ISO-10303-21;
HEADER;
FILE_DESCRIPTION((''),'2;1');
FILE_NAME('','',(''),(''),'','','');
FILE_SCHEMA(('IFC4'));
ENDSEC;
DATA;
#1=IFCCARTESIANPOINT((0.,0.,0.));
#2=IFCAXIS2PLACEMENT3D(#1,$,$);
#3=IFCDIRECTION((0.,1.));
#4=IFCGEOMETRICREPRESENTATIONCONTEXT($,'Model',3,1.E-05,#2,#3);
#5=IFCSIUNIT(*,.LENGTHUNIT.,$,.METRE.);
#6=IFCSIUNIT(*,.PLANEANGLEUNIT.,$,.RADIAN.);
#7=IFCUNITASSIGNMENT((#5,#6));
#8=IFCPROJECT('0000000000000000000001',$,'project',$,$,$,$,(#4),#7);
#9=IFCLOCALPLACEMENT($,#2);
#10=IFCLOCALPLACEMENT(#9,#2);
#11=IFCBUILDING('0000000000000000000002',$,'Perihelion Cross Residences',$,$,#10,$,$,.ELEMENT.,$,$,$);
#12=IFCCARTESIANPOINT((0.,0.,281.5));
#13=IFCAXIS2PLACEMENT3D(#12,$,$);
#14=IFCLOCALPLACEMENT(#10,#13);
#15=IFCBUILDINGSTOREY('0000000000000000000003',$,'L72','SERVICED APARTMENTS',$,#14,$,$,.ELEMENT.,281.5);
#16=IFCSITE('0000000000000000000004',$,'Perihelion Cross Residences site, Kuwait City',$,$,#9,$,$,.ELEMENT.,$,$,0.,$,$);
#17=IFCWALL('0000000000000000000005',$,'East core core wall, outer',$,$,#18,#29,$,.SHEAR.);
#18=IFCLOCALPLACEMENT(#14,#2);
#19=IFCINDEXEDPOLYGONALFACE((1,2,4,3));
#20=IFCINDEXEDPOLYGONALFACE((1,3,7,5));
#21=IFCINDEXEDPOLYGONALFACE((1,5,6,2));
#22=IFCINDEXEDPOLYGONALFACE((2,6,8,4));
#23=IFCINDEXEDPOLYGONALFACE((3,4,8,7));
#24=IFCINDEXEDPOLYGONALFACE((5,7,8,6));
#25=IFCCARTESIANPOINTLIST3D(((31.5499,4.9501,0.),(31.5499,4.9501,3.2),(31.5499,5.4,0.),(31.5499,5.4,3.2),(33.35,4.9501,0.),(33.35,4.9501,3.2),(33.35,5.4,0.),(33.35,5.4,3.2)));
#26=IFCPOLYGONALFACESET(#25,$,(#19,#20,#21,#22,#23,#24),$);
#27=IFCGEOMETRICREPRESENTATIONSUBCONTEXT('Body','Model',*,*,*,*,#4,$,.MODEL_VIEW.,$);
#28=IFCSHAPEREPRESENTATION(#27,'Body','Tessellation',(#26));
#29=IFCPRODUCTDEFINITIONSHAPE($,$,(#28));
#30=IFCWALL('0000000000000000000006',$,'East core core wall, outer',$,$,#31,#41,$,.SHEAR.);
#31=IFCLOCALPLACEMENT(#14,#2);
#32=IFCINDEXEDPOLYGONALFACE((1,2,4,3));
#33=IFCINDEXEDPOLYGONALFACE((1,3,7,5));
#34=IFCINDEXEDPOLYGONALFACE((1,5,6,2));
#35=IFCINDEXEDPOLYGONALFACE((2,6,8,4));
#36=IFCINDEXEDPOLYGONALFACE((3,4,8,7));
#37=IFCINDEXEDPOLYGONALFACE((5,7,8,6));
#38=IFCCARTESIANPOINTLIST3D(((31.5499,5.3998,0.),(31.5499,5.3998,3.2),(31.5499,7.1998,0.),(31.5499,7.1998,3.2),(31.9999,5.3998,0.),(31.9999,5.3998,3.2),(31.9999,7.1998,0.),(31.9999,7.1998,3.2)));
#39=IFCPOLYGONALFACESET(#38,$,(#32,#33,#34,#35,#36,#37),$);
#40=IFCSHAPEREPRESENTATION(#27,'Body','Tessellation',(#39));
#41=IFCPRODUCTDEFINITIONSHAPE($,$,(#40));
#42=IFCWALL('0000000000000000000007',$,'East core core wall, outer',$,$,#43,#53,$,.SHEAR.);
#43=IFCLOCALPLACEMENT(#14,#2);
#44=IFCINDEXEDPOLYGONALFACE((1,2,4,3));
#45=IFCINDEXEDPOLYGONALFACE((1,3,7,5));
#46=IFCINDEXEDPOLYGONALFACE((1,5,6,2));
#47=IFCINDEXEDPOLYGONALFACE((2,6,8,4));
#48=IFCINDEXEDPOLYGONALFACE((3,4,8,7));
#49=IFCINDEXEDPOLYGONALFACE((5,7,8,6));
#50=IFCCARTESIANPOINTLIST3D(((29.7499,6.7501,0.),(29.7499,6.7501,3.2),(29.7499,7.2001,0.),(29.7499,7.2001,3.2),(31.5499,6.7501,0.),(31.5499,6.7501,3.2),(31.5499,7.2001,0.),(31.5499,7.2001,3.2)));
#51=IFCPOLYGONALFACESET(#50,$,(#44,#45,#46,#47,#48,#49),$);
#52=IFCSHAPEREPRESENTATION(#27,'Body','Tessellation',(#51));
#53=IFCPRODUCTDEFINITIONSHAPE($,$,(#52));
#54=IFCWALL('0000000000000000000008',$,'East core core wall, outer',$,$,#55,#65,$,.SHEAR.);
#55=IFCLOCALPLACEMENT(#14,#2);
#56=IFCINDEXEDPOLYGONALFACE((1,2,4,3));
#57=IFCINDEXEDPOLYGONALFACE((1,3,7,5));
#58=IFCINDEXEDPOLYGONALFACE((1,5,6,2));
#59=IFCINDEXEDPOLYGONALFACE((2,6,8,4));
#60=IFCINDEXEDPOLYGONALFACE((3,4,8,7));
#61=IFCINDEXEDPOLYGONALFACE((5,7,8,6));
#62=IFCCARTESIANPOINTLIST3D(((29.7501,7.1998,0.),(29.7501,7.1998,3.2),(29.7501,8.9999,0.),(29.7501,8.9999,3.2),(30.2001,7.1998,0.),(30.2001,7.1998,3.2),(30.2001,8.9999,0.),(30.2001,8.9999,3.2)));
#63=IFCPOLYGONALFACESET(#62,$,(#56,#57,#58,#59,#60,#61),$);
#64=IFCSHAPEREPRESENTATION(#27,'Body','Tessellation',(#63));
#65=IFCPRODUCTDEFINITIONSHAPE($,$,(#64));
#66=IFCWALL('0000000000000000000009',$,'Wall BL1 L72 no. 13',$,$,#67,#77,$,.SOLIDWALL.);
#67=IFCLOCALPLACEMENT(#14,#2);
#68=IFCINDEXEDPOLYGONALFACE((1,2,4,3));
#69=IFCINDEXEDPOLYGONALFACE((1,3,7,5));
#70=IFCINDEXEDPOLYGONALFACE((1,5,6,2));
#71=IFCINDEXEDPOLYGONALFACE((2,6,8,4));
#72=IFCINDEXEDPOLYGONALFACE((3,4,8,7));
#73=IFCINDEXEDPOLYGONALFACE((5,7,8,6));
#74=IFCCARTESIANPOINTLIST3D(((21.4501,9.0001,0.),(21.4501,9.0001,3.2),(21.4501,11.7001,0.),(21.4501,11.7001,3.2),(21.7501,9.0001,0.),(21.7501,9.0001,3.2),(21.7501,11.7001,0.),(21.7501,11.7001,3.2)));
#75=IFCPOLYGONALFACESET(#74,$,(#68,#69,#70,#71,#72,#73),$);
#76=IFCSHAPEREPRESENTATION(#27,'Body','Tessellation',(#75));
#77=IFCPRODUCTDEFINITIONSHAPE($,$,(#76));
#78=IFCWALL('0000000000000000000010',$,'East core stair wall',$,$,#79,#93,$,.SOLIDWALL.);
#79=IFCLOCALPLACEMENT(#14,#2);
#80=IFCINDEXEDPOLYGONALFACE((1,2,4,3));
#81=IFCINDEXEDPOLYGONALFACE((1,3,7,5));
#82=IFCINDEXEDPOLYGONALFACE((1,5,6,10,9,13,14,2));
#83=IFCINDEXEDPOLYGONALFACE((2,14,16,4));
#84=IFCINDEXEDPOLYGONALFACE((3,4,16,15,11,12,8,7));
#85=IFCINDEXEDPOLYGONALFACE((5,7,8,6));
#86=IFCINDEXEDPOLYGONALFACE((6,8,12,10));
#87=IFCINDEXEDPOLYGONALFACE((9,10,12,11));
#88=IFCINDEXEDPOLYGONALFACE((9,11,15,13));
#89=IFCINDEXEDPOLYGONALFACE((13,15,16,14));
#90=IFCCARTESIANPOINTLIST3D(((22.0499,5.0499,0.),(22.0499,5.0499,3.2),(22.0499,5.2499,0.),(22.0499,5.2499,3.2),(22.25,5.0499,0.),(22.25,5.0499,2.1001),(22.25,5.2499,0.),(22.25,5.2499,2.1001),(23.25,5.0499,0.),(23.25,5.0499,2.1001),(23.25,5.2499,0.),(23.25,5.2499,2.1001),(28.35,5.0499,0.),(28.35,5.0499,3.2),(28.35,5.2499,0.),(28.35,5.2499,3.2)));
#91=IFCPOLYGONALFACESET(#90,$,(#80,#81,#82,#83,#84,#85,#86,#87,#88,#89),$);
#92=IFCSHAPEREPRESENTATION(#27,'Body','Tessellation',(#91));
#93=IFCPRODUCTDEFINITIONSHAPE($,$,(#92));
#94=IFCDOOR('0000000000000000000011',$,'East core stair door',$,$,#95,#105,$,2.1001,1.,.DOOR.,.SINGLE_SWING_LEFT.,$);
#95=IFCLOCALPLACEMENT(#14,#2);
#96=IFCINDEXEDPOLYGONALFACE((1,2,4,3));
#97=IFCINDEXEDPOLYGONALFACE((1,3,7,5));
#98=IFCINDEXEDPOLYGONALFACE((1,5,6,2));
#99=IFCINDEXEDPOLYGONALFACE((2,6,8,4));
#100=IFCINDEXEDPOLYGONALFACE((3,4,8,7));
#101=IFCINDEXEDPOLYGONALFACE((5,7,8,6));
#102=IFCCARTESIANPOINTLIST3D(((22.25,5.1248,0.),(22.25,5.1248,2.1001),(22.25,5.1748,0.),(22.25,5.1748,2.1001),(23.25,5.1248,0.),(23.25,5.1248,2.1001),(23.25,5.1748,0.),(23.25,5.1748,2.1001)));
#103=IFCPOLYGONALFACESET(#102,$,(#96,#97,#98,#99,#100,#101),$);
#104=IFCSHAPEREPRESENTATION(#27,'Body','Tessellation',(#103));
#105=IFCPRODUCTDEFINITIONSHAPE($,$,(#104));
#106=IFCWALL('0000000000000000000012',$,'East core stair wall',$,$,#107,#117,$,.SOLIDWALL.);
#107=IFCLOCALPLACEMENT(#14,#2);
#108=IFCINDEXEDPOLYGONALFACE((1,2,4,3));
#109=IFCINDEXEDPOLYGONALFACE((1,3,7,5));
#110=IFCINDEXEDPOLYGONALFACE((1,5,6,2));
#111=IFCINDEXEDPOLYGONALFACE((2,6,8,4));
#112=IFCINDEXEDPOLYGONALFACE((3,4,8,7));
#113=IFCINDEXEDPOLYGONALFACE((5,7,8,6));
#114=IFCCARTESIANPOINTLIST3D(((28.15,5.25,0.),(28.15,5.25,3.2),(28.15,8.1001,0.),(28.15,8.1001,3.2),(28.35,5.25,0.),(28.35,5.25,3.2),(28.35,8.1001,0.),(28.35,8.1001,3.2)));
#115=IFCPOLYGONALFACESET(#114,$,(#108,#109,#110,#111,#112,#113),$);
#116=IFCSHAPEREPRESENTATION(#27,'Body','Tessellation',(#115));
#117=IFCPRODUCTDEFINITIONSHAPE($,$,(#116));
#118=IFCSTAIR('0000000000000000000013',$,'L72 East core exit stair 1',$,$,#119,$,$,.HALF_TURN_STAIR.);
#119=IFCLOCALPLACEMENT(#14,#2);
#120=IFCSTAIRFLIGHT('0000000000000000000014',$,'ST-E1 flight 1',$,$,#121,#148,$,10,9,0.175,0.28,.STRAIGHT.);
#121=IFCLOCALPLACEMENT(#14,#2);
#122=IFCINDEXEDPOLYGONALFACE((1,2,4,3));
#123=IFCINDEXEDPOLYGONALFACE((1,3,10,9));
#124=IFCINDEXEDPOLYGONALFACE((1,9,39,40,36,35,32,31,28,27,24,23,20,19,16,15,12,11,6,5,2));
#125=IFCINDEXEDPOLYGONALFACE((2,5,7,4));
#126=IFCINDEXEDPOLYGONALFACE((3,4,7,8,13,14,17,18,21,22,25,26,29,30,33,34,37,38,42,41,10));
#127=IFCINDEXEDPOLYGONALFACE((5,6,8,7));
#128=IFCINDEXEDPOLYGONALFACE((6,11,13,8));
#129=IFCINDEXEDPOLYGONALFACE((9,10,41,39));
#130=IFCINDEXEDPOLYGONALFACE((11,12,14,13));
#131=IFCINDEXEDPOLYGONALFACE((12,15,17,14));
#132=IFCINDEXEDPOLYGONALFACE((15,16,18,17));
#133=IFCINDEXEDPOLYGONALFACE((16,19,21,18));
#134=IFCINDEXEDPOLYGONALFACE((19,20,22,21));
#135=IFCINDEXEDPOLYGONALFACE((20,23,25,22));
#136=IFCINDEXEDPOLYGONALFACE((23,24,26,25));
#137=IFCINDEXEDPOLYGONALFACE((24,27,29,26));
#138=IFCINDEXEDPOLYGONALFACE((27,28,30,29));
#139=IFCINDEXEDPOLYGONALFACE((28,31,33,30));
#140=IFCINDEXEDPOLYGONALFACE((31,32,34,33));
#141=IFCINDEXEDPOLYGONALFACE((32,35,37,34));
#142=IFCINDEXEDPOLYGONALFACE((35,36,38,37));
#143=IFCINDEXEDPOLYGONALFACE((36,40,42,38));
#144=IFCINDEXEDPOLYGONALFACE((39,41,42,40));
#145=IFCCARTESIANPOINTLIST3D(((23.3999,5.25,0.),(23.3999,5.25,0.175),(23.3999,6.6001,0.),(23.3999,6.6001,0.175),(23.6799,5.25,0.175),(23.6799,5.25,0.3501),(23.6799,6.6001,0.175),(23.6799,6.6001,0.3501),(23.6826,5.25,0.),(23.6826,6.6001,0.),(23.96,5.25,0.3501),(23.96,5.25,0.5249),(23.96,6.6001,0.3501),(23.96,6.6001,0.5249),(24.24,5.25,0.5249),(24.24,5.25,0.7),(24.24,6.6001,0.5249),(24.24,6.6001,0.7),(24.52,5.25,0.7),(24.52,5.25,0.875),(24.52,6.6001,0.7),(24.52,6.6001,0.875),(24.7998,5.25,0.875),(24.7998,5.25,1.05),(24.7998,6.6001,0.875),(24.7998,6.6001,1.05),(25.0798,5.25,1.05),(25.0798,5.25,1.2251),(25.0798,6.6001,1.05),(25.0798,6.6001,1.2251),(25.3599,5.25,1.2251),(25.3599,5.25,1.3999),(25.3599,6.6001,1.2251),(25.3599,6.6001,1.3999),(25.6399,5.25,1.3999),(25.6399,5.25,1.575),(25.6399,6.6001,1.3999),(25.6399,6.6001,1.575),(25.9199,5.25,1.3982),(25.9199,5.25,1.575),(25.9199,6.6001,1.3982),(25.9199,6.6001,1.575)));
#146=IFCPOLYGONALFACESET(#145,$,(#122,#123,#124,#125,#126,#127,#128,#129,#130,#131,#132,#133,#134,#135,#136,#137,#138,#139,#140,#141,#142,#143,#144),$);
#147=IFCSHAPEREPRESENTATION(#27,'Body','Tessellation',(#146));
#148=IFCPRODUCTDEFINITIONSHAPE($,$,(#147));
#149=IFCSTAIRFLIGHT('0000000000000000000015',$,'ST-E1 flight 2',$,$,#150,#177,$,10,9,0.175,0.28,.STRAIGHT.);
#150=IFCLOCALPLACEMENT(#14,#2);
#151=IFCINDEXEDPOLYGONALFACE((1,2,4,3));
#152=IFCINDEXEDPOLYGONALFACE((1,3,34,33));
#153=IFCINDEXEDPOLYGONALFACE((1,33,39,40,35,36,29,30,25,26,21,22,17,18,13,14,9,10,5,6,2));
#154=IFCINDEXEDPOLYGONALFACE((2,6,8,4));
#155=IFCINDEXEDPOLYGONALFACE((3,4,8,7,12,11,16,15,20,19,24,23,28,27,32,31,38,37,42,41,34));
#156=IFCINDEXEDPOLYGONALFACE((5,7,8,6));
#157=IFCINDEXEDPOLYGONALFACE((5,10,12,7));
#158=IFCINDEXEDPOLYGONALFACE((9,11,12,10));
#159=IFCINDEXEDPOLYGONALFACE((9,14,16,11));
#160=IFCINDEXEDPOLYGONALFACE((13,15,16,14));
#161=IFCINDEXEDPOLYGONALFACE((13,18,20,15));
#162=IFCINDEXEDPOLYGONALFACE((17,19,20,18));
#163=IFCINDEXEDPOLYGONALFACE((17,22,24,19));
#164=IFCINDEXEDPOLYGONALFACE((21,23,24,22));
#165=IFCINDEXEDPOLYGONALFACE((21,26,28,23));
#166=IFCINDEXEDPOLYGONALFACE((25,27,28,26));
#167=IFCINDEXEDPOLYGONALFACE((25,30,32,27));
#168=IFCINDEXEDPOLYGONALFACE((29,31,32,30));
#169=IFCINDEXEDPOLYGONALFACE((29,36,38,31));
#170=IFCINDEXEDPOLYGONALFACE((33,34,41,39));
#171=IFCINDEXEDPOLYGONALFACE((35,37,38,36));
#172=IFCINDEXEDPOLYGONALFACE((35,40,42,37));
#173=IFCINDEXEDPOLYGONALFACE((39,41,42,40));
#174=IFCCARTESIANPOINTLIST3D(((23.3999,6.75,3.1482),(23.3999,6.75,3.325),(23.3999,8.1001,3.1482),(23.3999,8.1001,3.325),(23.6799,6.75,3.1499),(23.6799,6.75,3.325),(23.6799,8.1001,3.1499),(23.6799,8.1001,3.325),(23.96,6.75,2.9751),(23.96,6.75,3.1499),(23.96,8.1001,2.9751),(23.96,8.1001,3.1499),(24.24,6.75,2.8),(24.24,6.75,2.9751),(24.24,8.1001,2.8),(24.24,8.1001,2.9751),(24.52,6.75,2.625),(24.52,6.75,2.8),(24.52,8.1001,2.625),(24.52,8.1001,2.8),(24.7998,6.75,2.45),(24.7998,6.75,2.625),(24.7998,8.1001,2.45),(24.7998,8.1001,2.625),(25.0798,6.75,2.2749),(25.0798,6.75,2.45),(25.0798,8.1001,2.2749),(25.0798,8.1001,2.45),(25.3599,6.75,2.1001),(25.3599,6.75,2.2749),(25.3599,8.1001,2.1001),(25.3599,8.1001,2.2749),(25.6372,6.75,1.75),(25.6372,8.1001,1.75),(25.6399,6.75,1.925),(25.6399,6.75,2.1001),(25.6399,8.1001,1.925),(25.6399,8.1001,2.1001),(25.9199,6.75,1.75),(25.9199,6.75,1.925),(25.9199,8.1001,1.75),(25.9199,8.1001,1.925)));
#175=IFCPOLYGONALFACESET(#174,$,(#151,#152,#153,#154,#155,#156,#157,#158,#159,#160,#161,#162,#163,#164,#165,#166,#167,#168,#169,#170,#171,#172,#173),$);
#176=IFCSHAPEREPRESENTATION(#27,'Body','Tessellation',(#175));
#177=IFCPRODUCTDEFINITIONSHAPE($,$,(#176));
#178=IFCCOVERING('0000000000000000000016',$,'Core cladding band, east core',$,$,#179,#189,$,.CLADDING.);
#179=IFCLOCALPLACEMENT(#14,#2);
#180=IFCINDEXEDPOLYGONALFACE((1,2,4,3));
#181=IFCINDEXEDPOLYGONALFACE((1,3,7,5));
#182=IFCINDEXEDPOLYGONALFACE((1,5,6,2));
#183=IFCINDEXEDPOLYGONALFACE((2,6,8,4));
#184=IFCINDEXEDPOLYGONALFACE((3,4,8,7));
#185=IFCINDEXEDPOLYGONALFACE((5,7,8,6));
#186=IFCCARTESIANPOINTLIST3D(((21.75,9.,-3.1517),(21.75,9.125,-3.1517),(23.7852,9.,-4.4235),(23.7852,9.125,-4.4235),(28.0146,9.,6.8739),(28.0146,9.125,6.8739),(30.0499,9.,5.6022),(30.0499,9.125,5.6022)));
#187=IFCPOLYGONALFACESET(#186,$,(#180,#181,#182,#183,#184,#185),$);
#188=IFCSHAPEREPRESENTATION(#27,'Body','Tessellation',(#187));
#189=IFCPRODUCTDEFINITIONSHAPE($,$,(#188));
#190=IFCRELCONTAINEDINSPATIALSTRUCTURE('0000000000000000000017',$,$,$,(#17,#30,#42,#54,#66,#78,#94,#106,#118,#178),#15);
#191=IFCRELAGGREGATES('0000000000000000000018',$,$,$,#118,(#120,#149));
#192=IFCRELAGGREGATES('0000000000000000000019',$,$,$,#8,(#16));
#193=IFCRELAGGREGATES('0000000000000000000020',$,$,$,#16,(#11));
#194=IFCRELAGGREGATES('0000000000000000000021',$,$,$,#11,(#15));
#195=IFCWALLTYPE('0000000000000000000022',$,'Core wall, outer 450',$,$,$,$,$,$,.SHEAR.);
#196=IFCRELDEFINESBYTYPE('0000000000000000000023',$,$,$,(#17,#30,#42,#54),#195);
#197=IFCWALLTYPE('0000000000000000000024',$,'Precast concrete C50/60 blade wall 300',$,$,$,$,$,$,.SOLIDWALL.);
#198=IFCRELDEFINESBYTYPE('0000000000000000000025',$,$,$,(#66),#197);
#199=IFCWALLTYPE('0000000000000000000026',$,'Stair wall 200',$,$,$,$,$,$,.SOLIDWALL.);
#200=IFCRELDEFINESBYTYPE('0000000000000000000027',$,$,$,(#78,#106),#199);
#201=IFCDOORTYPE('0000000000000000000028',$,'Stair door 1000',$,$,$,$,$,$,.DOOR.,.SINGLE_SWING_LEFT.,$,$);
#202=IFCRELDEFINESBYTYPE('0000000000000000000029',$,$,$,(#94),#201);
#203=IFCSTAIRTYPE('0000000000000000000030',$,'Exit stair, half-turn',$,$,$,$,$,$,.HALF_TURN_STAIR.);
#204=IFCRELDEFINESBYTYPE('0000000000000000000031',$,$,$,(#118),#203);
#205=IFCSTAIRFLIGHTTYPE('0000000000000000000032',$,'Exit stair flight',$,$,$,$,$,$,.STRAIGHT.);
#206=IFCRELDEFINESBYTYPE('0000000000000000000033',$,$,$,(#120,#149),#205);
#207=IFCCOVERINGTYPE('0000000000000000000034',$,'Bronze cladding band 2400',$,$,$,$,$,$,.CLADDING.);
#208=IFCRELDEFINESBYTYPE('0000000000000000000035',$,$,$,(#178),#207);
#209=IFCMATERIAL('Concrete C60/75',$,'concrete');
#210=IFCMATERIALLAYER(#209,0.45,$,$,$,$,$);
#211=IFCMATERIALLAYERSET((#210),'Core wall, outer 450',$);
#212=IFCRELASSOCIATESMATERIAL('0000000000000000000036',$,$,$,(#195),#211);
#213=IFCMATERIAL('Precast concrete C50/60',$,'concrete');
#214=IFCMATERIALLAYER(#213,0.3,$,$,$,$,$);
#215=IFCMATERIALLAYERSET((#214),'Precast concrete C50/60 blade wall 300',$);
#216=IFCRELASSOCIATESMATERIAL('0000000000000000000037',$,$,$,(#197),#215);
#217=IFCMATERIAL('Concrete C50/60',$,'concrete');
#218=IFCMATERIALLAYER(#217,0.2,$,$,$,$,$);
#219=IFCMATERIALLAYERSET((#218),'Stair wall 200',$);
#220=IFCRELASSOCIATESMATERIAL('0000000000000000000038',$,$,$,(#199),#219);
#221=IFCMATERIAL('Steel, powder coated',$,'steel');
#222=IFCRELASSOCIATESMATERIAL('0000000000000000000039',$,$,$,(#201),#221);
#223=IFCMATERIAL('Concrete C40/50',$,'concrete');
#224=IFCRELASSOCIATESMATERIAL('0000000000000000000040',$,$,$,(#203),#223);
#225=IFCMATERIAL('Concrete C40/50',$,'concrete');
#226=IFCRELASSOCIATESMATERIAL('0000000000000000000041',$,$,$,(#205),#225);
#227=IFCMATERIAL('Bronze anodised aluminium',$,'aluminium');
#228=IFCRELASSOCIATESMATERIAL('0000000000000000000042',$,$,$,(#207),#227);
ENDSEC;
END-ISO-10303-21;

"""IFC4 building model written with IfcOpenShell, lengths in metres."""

from ifc_helpers import new_model, si_unit, direction, frame, frame_2d, origin, origin_2d, place, context, subcontext, project, spatial, polyline, rectangle, outline, extrude, material, layer, layer_set, material_profile, profile_set, type_object, element, fill, aggregate, save


model = new_model("IFC4")

# Units and contexts
model_context = context("Model", 3, precision=1e-05, world=origin(), true_north=direction((0.0, 1.0)))
body_context = subcontext(model_context, "Body", "Model", "MODEL_VIEW")
ifc_project = project(units=[si_unit("LENGTHUNIT", "METRE"), si_unit("PLANEANGLEUNIT", "RADIAN")], contexts=[model_context])

# Site, building, storey
site_placement = place(None, origin())
site = spatial("IfcSite", under=ifc_project, at=site_placement, Name="Perihelion Cross Residences site, Kuwait City", CompositionType="ELEMENT", RefElevation=0.0)
building_placement = place(site_placement, origin())
building = spatial("IfcBuilding", under=site, at=building_placement, Name="Perihelion Cross Residences", CompositionType="ELEMENT")
storey_placement = place(building_placement, frame((0.0, 0.0, 281.5)))
storey = spatial("IfcBuildingStorey", under=building, at=storey_placement, Name="L72", Description="SERVICED APARTMENTS", CompositionType="ELEMENT", Elevation=281.5)

# Walls
ifc_material_1 = material(Name="Concrete C60/75", Category="concrete")
ifc_layer_1 = layer(ifc_material_1, 0.45)
ifc_layer_set_1 = layer_set([ifc_layer_1], Name="Core wall, outer 450")
wall_type_1 = type_object("IfcWallType", Name="Core wall, outer 450", PredefinedType="SHEAR", material=ifc_layer_set_1)
for number, where, z_axis, x_axis, name in (
    (1, (31.55, 5.175, 0.0), (0.0, 0.0, 1.0), (1.0, 0.0, 0.0), "East core core wall, outer"),
    (2, (31.7749, 5.3999, 0.0), (0.0, 0.0, 1.0), (0.0, 1.0, 0.0), "East core core wall, outer"),
    (3, (29.75, 6.9751, 0.0), (0.0, 0.0, 1.0), (1.0, 0.0, 0.0), "East core core wall, outer"),
    (4, (29.9751, 7.2, 0.0), (0.0, 0.0, 1.0), (0.0, 1.0, 0.0), "East core core wall, outer"),
):
    element("IfcWall", number, at=place(storey_placement, frame(where, z_axis=z_axis, x_axis=x_axis)), inside=storey, type_object=wall_type_1, Name=name, PredefinedType="SHEAR", context=body_context, shape_type="SweptSolid", body=[
        extrude(rectangle(XDim=1.8, YDim=0.45, at=frame_2d((0.8999, 0.0))), origin(), (0.0, 0.0, 1.0), 3.2),
    ])
ifc_material_2 = material(Name="Precast concrete C50/60", Category="concrete")
ifc_layer_2 = layer(ifc_material_2, 0.3)
ifc_layer_set_2 = layer_set([ifc_layer_2], Name="Precast concrete C50/60 blade wall 300")
wall_type_2 = type_object("IfcWallType", Name="Precast concrete C50/60 blade wall 300", PredefinedType="SOLIDWALL", material=ifc_layer_set_2)
wall_1_placement = place(storey_placement, frame((21.6001, 9.0, 0.0), z_axis=(0.0, 0.0, 1.0), x_axis=(0.0, 1.0, 0.0)))
element("IfcWall", 5, at=wall_1_placement, inside=storey, type_object=wall_type_2, Name="Wall BL1 L72 no. 13", PredefinedType="SOLIDWALL", context=body_context, shape_type="SweptSolid", body=[
    extrude(rectangle(XDim=2.7, YDim=0.3, at=frame_2d((1.3501, 0.0))), origin(), (0.0, 0.0, 1.0), 3.2),
])

# Wall, opening, door
ifc_material_3 = material(Name="Concrete C50/60", Category="concrete")
ifc_layer_3 = layer(ifc_material_3, 0.2)
ifc_layer_set_3 = layer_set([ifc_layer_3], Name="Stair wall 200")
wall_type_3 = type_object("IfcWallType", Name="Stair wall 200", PredefinedType="SOLIDWALL", material=ifc_layer_set_3)
wall_2_placement = place(storey_placement, frame((22.05, 5.1499, 0.0), z_axis=(0.0, 0.0, 1.0), x_axis=(1.0, 0.0, 0.0)))
wall_2 = element("IfcWall", 6, at=wall_2_placement, inside=storey, type_object=wall_type_3, Name="East core stair wall", PredefinedType="SOLIDWALL", context=body_context, shape_type="SweptSolid", body=[
    extrude(rectangle(XDim=6.3, YDim=0.2, at=frame_2d((3.1499, 0.0))), origin(), (0.0, 0.0, 1.0), 3.2),
])
opening_placement = place(wall_2_placement, frame((0.2, 0.0, 0.0)))
opening = element("IfcOpeningElement", 7, at=opening_placement, cuts=wall_2, PredefinedType="OPENING", context=body_context, shape_type="SweptSolid", body=[
    extrude(rectangle(XDim=1.0, YDim=2.1001, at=frame_2d((0.5, 1.05))), frame((0.0, 0.1099, 0.0), z_axis=(0.0, -1.0, 0.0), x_axis=(1.0, 0.0, 0.0)), (0.0, 0.0, 1.0), 0.22),
])
ifc_material_4 = material(Name="Steel, powder coated", Category="steel")
door_type = type_object("IfcDoorType", Name="Stair door 1000", OperationType="SINGLE_SWING_LEFT", PredefinedType="DOOR", material=ifc_material_4)
door_placement = place(opening_placement, origin())
door = element("IfcDoor", 8, at=door_placement, inside=storey, type_object=door_type, Name="East core stair door", OperationType="SINGLE_SWING_LEFT", OverallHeight=2.1001, OverallWidth=1.0, PredefinedType="DOOR", context=body_context, shape_type="SweptSolid", body=[
    extrude(rectangle(XDim=1.0, YDim=2.1001, at=frame_2d((0.5, 1.05))), frame((0.0, 0.0249, 0.0), z_axis=(0.0, -1.0, 0.0), x_axis=(1.0, 0.0, 0.0)), (0.0, 0.0, 1.0), 0.05),
])
fill(opening, door)

# Wall
wall_3_placement = place(storey_placement, frame((28.25, 5.25, 0.0), z_axis=(0.0, 0.0, 1.0), x_axis=(0.0, 1.0, 0.0)))
element("IfcWall", 9, at=wall_3_placement, inside=storey, type_object=wall_type_3, Name="East core stair wall", PredefinedType="SOLIDWALL", context=body_context, shape_type="SweptSolid", body=[
    extrude(rectangle(XDim=2.8501, YDim=0.2, at=frame_2d((1.425, 0.0))), origin(), (0.0, 0.0, 1.0), 3.2),
])

# Stair, stair flights
ifc_material_5 = material(Name="Concrete C40/50", Category="concrete")
stair_type = type_object("IfcStairType", Name="Exit stair, half-turn", PredefinedType="HALF_TURN_STAIR", material=ifc_material_5)
stair_placement = place(storey_placement, origin())
stair = element("IfcStair", 10, at=stair_placement, inside=storey, type_object=stair_type, Name="L72 East core exit stair 1", PredefinedType="HALF_TURN_STAIR")
ifc_material_6 = material(Name="Concrete C40/50", Category="concrete")
stair_flight_type = type_object("IfcStairFlightType", Name="Exit stair flight", PredefinedType="STRAIGHT", material=ifc_material_6)
stair_flight_1_placement = place(storey_placement, frame((23.3999, 5.925, 0.0), z_axis=(0.0, 0.0, 1.0), x_axis=(1.0, 0.0, 0.0)))
stair_flight_1 = element("IfcStairFlight", 11, at=stair_flight_1_placement, type_object=stair_flight_type, Name="ST-E1 flight 1", NumberOfRisers=10, NumberOfTreads=9, PredefinedType="STRAIGHT", RiserHeight=0.175, TreadLength=0.28, context=body_context, shape_type="SweptSolid", body=[
    extrude(outline(polyline([(0.0, 0.0), (0.0, 0.175), (0.28, 0.175), (0.28, 0.3501), (0.5601, 0.3501), (0.5601, 0.5249), (0.8401, 0.5249), (0.8401, 0.7), (1.1201, 0.7), (1.1201, 0.875), (1.3999, 0.875), (1.3999, 1.05), (1.6799, 1.05), (1.6799, 1.2251), (1.96, 1.2251), (1.96, 1.3999), (2.24, 1.3999), (2.24, 1.575), (2.52, 1.575), (2.52, 1.75), (2.52, 1.3982), (0.2827, 0.0), (0.0, 0.0)])), frame((0.0, 0.675, 0.0), z_axis=(0.0, -1.0, 0.0), x_axis=(1.0, 0.0, 0.0)), (0.0, 0.0, 1.0), 1.3501),
])
stair_flight_2_placement = place(storey_placement, frame((25.9199, 7.425, 1.75), z_axis=(0.0, 0.0, 1.0), x_axis=(-1.0, 0.0, 0.0)))
stair_flight_2 = element("IfcStairFlight", 12, at=stair_flight_2_placement, type_object=stair_flight_type, Name="ST-E1 flight 2", NumberOfRisers=10, NumberOfTreads=9, PredefinedType="STRAIGHT", RiserHeight=0.175, TreadLength=0.28, context=body_context, shape_type="SweptSolid", body=[
    extrude(outline(polyline([(0.0, 0.0), (0.0, 0.175), (0.28, 0.175), (0.28, 0.3501), (0.5601, 0.3501), (0.5601, 0.5249), (0.8401, 0.5249), (0.8401, 0.7), (1.1201, 0.7), (1.1201, 0.875), (1.3999, 0.875), (1.3999, 1.05), (1.6799, 1.05), (1.6799, 1.2251), (1.96, 1.2251), (1.96, 1.3999), (2.24, 1.3999), (2.24, 1.575), (2.52, 1.575), (2.52, 1.75), (2.52, 1.3982), (0.2827, 0.0), (0.0, 0.0)])), frame((0.0, 0.675, 0.0), z_axis=(0.0, -1.0, 0.0), x_axis=(1.0, 0.0, 0.0)), (0.0, 0.0, 1.0), 1.3501),
])
aggregate(stair, [stair_flight_1, stair_flight_2])

# Covering
ifc_material_7 = material(Name="Bronze anodised aluminium", Category="aluminium")
ifc_material_profile = material_profile(ifc_material_7, rectangle(XDim=0.125, YDim=2.3999, at=origin_2d()), Name="Bronze cladding band 2400")
ifc_profile_set = profile_set([ifc_material_profile], Name="Bronze anodised aluminium")
covering_type = type_object("IfcCoveringType", Name="Bronze cladding band 2400", PredefinedType="CLADDING", material=ifc_profile_set)
covering_placement = place(storey_placement, frame((22.7676, 9.0625, -3.7876), z_axis=(0.529915, 0.0, 0.848051), x_axis=(0.0, 1.0, 0.0)))
element("IfcCovering", 13, at=covering_placement, inside=storey, type_object=covering_type, Name="Core cladding band, east core", PredefinedType="CLADDING", context=body_context, shape_type="SweptSolid", body=[
    extrude(rectangle(XDim=0.125, YDim=2.3999, at=origin_2d()), origin(), (0.0, 0.0, 1.0), 11.822),
])

save(model, "model.ifc")
